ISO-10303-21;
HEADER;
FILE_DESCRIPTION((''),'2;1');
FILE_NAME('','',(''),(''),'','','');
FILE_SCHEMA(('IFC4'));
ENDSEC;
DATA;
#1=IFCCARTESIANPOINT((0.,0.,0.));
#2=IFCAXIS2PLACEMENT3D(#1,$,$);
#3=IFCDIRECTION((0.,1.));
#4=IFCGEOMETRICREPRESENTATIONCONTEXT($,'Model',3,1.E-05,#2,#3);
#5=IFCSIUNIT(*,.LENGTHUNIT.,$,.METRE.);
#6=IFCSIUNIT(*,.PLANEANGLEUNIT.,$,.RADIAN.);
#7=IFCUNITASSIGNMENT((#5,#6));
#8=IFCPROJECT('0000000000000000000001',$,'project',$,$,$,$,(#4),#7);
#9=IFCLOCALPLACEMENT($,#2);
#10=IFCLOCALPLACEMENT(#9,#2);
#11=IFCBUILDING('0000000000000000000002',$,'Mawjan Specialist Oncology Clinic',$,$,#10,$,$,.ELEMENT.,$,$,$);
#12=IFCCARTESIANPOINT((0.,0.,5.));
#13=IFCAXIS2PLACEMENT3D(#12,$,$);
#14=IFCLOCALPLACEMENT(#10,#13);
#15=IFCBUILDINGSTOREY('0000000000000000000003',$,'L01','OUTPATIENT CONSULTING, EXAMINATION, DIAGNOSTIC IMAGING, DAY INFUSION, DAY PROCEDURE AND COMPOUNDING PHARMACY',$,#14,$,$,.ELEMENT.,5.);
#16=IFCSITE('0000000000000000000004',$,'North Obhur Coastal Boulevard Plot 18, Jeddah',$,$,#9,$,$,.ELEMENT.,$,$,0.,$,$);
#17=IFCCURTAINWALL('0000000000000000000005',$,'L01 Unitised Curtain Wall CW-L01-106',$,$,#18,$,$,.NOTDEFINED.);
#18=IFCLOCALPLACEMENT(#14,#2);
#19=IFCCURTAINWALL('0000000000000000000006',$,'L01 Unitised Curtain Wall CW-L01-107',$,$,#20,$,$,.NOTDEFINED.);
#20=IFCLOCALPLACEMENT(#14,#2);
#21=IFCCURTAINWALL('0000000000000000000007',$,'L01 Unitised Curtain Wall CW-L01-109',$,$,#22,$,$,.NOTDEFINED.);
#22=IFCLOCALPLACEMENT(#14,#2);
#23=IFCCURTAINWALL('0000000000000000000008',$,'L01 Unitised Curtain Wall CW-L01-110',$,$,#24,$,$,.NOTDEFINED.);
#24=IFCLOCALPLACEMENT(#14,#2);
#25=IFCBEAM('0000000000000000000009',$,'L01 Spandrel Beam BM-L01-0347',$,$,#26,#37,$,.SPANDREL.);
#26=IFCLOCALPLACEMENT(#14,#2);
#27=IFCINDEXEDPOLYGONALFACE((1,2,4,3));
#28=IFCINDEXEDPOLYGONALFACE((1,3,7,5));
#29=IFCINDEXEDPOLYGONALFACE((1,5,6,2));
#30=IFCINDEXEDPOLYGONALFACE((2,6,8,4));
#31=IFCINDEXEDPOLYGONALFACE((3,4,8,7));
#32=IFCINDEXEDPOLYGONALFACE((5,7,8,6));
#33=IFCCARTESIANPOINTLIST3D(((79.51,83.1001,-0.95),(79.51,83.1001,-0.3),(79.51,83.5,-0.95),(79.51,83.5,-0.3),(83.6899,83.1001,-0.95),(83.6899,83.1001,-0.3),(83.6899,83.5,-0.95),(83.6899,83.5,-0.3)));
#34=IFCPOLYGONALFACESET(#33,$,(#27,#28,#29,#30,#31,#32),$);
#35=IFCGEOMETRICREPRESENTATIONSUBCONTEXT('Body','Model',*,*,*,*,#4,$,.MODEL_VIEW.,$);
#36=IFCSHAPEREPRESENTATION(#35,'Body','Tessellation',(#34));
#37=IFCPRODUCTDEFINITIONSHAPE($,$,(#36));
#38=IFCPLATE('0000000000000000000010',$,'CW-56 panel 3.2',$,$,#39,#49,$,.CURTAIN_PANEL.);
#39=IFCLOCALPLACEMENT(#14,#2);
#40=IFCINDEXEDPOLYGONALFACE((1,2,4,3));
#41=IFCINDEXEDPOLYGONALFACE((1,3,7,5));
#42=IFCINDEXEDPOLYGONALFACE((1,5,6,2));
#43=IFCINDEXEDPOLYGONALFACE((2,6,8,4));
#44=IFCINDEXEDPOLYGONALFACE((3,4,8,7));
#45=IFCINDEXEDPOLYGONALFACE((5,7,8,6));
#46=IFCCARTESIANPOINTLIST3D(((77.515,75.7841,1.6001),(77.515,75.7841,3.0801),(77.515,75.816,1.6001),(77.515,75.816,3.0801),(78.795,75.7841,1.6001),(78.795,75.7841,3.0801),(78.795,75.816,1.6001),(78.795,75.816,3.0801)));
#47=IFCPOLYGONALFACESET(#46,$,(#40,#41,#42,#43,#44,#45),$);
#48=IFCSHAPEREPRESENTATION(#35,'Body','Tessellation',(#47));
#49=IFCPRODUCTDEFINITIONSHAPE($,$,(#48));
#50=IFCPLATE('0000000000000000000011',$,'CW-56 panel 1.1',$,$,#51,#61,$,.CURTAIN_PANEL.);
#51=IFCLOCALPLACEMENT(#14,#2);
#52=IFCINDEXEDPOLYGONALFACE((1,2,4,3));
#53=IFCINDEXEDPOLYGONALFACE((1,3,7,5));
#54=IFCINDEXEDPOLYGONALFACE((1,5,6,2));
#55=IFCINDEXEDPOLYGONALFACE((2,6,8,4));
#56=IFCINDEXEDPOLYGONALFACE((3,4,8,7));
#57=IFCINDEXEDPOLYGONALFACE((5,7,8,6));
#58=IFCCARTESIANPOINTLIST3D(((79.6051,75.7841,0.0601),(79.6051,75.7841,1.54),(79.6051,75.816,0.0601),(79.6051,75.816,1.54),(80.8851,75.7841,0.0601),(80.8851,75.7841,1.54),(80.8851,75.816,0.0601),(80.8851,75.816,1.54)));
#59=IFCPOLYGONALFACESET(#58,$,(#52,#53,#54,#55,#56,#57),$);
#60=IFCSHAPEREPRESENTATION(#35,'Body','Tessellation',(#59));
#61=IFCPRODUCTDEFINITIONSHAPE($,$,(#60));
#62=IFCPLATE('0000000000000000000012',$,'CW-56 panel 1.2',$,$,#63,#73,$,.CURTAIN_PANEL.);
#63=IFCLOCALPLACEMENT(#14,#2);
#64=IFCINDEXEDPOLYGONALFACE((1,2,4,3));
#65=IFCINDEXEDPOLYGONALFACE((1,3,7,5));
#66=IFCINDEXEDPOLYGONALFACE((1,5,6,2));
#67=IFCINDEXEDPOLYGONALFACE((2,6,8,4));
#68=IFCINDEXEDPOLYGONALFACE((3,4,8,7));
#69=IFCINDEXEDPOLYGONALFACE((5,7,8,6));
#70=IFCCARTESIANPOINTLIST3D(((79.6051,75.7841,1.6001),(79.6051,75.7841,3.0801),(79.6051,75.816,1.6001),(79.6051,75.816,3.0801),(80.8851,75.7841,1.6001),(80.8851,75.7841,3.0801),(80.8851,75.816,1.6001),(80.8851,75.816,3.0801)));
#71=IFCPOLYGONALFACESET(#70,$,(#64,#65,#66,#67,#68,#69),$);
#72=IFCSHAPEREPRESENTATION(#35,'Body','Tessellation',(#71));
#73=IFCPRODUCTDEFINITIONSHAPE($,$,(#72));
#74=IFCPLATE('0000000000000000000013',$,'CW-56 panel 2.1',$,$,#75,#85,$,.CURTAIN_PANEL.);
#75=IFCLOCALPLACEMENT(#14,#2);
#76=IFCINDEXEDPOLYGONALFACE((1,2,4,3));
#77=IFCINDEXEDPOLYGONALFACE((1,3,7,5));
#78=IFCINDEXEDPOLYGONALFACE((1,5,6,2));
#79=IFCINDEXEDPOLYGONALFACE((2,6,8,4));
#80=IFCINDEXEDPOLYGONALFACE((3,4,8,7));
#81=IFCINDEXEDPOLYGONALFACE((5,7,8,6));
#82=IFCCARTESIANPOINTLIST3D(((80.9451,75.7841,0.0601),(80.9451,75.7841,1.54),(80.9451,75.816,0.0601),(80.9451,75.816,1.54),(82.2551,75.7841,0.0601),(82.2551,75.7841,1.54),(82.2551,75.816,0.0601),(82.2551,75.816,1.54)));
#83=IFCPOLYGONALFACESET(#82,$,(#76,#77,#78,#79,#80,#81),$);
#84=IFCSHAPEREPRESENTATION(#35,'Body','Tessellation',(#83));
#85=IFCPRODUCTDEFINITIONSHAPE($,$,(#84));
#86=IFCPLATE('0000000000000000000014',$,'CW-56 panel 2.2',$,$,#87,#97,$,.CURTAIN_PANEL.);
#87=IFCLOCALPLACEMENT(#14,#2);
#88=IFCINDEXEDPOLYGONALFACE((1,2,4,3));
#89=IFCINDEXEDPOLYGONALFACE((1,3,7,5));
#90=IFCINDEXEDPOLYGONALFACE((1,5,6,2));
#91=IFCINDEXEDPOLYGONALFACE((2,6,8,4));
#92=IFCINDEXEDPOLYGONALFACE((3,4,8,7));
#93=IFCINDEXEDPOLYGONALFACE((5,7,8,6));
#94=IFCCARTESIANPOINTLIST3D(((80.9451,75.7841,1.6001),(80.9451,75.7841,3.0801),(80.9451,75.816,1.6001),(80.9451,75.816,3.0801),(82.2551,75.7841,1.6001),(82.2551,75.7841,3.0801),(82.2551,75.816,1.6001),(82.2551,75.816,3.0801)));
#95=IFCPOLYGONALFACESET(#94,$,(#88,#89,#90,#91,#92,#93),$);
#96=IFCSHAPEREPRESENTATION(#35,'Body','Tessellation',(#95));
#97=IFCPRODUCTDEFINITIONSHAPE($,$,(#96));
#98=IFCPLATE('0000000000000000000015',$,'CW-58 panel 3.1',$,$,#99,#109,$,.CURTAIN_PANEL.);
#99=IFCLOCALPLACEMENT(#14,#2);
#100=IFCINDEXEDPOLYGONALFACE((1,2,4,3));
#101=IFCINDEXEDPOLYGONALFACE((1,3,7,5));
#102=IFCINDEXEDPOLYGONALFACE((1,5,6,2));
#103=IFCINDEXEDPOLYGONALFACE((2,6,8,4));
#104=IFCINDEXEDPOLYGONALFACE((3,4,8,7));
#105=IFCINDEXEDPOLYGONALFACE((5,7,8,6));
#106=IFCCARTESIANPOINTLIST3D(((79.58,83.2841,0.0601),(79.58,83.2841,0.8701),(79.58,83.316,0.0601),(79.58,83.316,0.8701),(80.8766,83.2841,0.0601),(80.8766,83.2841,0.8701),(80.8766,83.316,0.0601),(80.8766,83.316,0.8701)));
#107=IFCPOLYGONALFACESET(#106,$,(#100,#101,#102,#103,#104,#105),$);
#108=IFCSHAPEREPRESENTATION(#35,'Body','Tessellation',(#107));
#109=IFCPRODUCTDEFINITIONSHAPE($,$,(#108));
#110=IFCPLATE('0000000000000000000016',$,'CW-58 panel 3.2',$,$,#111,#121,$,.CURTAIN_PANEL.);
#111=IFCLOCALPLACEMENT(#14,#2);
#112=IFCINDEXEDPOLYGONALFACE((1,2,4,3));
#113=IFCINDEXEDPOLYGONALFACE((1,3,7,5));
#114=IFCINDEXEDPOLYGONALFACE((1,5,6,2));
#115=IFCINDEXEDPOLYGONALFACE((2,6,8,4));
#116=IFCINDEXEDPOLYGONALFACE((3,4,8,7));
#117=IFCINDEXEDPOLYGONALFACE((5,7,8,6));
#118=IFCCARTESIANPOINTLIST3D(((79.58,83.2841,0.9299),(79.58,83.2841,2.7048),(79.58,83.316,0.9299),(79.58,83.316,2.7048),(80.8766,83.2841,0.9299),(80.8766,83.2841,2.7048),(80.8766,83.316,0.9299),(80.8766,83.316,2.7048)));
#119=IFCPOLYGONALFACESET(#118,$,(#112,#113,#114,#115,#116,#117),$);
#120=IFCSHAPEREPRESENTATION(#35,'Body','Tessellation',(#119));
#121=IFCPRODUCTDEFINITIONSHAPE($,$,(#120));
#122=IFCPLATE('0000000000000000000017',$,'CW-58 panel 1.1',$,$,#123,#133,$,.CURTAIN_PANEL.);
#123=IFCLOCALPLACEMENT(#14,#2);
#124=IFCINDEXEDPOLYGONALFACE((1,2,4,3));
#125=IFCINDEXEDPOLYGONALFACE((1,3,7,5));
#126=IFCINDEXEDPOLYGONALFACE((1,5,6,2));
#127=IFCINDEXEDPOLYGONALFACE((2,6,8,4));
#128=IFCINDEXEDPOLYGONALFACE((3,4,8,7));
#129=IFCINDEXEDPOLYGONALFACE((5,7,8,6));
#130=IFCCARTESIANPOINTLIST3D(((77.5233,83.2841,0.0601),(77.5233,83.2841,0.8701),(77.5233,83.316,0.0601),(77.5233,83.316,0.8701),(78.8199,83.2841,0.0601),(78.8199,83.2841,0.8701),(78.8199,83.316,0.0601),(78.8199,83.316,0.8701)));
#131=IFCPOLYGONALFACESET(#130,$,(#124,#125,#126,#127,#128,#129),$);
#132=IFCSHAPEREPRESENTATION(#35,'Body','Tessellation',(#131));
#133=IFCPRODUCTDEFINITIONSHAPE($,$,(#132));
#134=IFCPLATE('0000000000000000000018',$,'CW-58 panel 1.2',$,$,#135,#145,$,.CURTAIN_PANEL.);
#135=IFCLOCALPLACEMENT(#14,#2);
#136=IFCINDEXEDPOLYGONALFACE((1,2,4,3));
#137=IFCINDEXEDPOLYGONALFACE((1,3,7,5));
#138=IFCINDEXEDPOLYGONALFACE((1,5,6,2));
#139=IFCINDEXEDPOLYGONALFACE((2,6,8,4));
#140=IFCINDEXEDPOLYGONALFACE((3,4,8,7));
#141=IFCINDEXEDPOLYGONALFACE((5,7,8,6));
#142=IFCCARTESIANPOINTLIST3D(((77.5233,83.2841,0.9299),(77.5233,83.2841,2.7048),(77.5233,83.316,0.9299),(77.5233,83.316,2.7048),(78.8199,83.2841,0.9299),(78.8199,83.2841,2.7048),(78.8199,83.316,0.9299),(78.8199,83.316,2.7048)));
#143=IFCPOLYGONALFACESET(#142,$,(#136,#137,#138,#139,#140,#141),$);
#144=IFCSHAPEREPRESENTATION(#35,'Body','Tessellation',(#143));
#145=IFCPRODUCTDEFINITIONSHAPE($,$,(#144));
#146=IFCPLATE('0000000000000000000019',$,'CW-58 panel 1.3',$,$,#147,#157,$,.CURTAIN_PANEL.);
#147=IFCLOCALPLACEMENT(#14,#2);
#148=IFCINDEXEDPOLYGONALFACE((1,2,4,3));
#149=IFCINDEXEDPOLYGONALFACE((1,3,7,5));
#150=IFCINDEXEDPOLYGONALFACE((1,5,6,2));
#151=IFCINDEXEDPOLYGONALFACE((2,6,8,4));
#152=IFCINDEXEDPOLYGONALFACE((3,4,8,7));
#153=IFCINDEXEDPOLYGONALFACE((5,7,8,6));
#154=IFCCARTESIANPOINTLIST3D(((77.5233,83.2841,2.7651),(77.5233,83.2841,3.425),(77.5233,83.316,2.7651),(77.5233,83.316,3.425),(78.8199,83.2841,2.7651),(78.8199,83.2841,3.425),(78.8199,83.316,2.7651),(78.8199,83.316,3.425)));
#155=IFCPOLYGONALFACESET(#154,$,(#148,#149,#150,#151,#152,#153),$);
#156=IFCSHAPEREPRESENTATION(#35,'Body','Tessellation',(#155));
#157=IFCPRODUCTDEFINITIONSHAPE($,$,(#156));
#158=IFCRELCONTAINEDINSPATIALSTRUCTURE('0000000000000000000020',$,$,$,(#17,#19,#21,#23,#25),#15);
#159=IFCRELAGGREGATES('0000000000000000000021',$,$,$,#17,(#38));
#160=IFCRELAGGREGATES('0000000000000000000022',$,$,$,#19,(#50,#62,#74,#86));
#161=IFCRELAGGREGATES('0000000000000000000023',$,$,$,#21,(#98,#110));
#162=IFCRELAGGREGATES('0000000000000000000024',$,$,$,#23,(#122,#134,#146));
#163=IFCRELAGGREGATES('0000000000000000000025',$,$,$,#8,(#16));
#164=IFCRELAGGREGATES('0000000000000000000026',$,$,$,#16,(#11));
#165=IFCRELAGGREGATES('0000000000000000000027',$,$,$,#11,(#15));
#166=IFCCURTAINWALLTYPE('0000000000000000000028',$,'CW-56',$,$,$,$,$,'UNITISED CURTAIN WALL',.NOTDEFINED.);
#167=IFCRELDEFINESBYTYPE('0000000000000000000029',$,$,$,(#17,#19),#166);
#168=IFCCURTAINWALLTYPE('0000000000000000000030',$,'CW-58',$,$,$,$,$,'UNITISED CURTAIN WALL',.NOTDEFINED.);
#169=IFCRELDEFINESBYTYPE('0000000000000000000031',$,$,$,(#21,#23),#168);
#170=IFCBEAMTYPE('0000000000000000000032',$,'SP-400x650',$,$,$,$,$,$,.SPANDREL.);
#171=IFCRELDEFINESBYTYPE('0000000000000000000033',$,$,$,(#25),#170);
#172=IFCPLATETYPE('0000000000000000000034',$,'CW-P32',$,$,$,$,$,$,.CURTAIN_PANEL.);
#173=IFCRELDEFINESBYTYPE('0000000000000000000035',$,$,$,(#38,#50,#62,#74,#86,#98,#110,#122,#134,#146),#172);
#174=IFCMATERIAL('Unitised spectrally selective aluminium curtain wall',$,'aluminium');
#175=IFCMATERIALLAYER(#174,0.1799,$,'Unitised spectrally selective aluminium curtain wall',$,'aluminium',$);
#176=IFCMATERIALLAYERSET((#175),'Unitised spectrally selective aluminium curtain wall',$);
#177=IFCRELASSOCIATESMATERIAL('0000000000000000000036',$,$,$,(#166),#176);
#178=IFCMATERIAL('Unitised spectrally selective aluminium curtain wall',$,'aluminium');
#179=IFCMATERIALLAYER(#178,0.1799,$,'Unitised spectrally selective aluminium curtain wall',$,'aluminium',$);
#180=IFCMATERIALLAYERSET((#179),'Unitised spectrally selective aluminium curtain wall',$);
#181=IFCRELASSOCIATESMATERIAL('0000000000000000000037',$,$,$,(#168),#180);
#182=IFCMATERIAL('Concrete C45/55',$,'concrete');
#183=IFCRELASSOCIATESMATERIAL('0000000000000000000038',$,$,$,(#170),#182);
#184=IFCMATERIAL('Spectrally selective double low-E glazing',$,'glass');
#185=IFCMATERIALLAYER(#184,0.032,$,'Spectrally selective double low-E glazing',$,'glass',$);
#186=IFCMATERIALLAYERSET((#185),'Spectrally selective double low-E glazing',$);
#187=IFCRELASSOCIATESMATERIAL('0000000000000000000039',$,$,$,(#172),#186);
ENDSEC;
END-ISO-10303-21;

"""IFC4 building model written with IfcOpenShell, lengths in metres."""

from ifc_helpers import new_model, si_unit, direction, frame, origin, origin_2d, place, context, subcontext, project, spatial, rectangle, extrude, material, layer, layer_set, material_profile, profile_set, type_object, element, aggregate, save


model = new_model("IFC4")

# Units and contexts
model_context = context("Model", 3, precision=1e-05, world=origin(), true_north=direction((0.0, 1.0)))
body_context = subcontext(model_context, "Body", "Model", "MODEL_VIEW")
ifc_project = project(units=[si_unit("LENGTHUNIT", "METRE"), si_unit("PLANEANGLEUNIT", "RADIAN")], contexts=[model_context])

# Site, building, storey
site_placement = place(None, origin())
site = spatial("IfcSite", under=ifc_project, at=site_placement, Name="North Obhur Coastal Boulevard Plot 18, Jeddah", CompositionType="ELEMENT", RefElevation=0.0)
building_placement = place(site_placement, origin())
building = spatial("IfcBuilding", under=site, at=building_placement, Name="Mawjan Specialist Oncology Clinic", CompositionType="ELEMENT")
storey_placement = place(building_placement, frame((0.0, 0.0, 5.0)))
storey = spatial("IfcBuildingStorey", under=building, at=storey_placement, Name="L01", Description="OUTPATIENT CONSULTING, EXAMINATION, DIAGNOSTIC IMAGING, DAY INFUSION, DAY PROCEDURE AND COMPOUNDING PHARMACY", CompositionType="ELEMENT", Elevation=5.0)

# Curtain wall
ifc_material_1 = material(Name="Unitised spectrally selective aluminium curtain wall", Category="aluminium")
ifc_layer_1 = layer(ifc_material_1, 0.1799, Name="Unitised spectrally selective aluminium curtain wall", Category="aluminium")
ifc_layer_set_1 = layer_set([ifc_layer_1], Name="Unitised spectrally selective aluminium curtain wall")
curtain_wall_type_1 = type_object("IfcCurtainWallType", Name="CW-56", ElementType="UNITISED CURTAIN WALL", PredefinedType="NOTDEFINED", material=ifc_layer_set_1)
curtain_wall_1_placement = place(storey_placement, origin())
curtain_wall_1 = element("IfcCurtainWall", 1, at=curtain_wall_1_placement, inside=storey, type_object=curtain_wall_type_1, Name="L01 Unitised Curtain Wall CW-L01-106", PredefinedType="NOTDEFINED")

# Curtain wall
curtain_wall_2_placement = place(storey_placement, origin())
curtain_wall_2 = element("IfcCurtainWall", 2, at=curtain_wall_2_placement, inside=storey, type_object=curtain_wall_type_1, Name="L01 Unitised Curtain Wall CW-L01-107", PredefinedType="NOTDEFINED")

# Curtain walls
ifc_material_2 = material(Name="Unitised spectrally selective aluminium curtain wall", Category="aluminium")
ifc_layer_2 = layer(ifc_material_2, 0.1799, Name="Unitised spectrally selective aluminium curtain wall", Category="aluminium")
ifc_layer_set_2 = layer_set([ifc_layer_2], Name="Unitised spectrally selective aluminium curtain wall")
curtain_wall_type_2 = type_object("IfcCurtainWallType", Name="CW-58", ElementType="UNITISED CURTAIN WALL", PredefinedType="NOTDEFINED", material=ifc_layer_set_2)
curtain_wall_3_placement = place(storey_placement, origin())
curtain_wall_3 = element("IfcCurtainWall", 3, at=curtain_wall_3_placement, inside=storey, type_object=curtain_wall_type_2, Name="L01 Unitised Curtain Wall CW-L01-109", PredefinedType="NOTDEFINED")
curtain_wall_4_placement = place(storey_placement, origin())
curtain_wall_4 = element("IfcCurtainWall", 4, at=curtain_wall_4_placement, inside=storey, type_object=curtain_wall_type_2, Name="L01 Unitised Curtain Wall CW-L01-110", PredefinedType="NOTDEFINED")

# Beam
ifc_material_3 = material(Name="Concrete C45/55", Category="concrete")
ifc_material_profile_1 = material_profile(ifc_material_3, rectangle(XDim=0.3999, YDim=0.6499, at=origin_2d()), Name="RC BM 400x650", Category="concrete")
ifc_profile_set_1 = profile_set([ifc_material_profile_1], Name="Concrete C45/55")
beam_type = type_object("IfcBeamType", Name="SP-400x650", PredefinedType="SPANDREL", material=ifc_profile_set_1)
for number, where, z_axis, x_axis, name in (
    (5, (79.51, 83.3, -0.625), (1.0, 0.0, 0.0), (0.0, 1.0, 0.0), "L01 Spandrel Beam BM-L01-0347"),
):
    element("IfcBeam", number, at=place(storey_placement, frame(where, z_axis=z_axis, x_axis=x_axis)), inside=storey, type_object=beam_type, Name=name, PredefinedType="SPANDREL", context=body_context, shape_type="SweptSolid", body=[
        extrude(rectangle(XDim=0.3999, YDim=0.6499, at=origin_2d()), origin(), (0.0, 0.0, 1.0), 4.1799),
    ])

# Plates
ifc_material_4 = material(Name="Spectrally selective double low-E glazing", Category="glass")
ifc_layer_3 = layer(ifc_material_4, 0.032, Name="Spectrally selective double low-E glazing", Category="glass")
ifc_layer_set_3 = layer_set([ifc_layer_3], Name="Spectrally selective double low-E glazing")
plate_type = type_object("IfcPlateType", Name="CW-P32", PredefinedType="CURTAIN_PANEL", material=ifc_layer_set_3)
plate_1_placement = place(storey_placement, frame((78.155, 75.8, 1.6001), z_axis=(0.0, 0.0, 1.0), x_axis=(1.0, 0.0, 0.0)))
plate_1 = element("IfcPlate", 6, at=plate_1_placement, type_object=plate_type, Name="CW-56 panel 3.2", PredefinedType="CURTAIN_PANEL", context=body_context, shape_type="SweptSolid", body=[
    extrude(rectangle(XDim=1.28, YDim=0.032, at=origin_2d()), origin(), (0.0, 0.0, 1.0), 1.48),
])
aggregate(curtain_wall_1, [plate_1])
plate_2_placement = place(storey_placement, frame((80.2451, 75.8, 0.0601), z_axis=(0.0, 0.0, 1.0), x_axis=(1.0, 0.0, 0.0)))
plate_2 = element("IfcPlate", 7, at=plate_2_placement, type_object=plate_type, Name="CW-56 panel 1.1", PredefinedType="CURTAIN_PANEL", context=body_context, shape_type="SweptSolid", body=[
    extrude(rectangle(XDim=1.28, YDim=0.032, at=origin_2d()), origin(), (0.0, 0.0, 1.0), 1.48),
])
plate_3_placement = place(storey_placement, frame((80.2451, 75.8, 1.6001), z_axis=(0.0, 0.0, 1.0), x_axis=(1.0, 0.0, 0.0)))
plate_3 = element("IfcPlate", 8, at=plate_3_placement, type_object=plate_type, Name="CW-56 panel 1.2", PredefinedType="CURTAIN_PANEL", context=body_context, shape_type="SweptSolid", body=[
    extrude(rectangle(XDim=1.28, YDim=0.032, at=origin_2d()), origin(), (0.0, 0.0, 1.0), 1.48),
])
plate_4_placement = place(storey_placement, frame((81.6001, 75.8, 0.0601), z_axis=(0.0, 0.0, 1.0), x_axis=(1.0, 0.0, 0.0)))
plate_4 = element("IfcPlate", 9, at=plate_4_placement, type_object=plate_type, Name="CW-56 panel 2.1", PredefinedType="CURTAIN_PANEL", context=body_context, shape_type="SweptSolid", body=[
    extrude(rectangle(XDim=1.3101, YDim=0.032, at=origin_2d()), origin(), (0.0, 0.0, 1.0), 1.48),
])
plate_5_placement = place(storey_placement, frame((81.6001, 75.8, 1.6001), z_axis=(0.0, 0.0, 1.0), x_axis=(1.0, 0.0, 0.0)))
plate_5 = element("IfcPlate", 10, at=plate_5_placement, type_object=plate_type, Name="CW-56 panel 2.2", PredefinedType="CURTAIN_PANEL", context=body_context, shape_type="SweptSolid", body=[
    extrude(rectangle(XDim=1.3101, YDim=0.032, at=origin_2d()), origin(), (0.0, 0.0, 1.0), 1.48),
])
aggregate(curtain_wall_2, [plate_2, plate_3, plate_4, plate_5])
plate_6_placement = place(storey_placement, frame((80.2283, 83.3, 0.0601), z_axis=(0.0, 0.0, 1.0), x_axis=(-1.0, 0.0, 0.0)))
plate_6 = element("IfcPlate", 11, at=plate_6_placement, type_object=plate_type, Name="CW-58 panel 3.1", PredefinedType="CURTAIN_PANEL", context=body_context, shape_type="SweptSolid", body=[
    extrude(rectangle(XDim=1.2966, YDim=0.032, at=origin_2d()), origin(), (0.0, 0.0, 1.0), 0.8101),
])
plate_7_placement = place(storey_placement, frame((80.2283, 83.3, 0.9299), z_axis=(0.0, 0.0, 1.0), x_axis=(-1.0, 0.0, 0.0)))
plate_7 = element("IfcPlate", 12, at=plate_7_placement, type_object=plate_type, Name="CW-58 panel 3.2", PredefinedType="CURTAIN_PANEL", context=body_context, shape_type="SweptSolid", body=[
    extrude(rectangle(XDim=1.2966, YDim=0.032, at=origin_2d()), origin(), (0.0, 0.0, 1.0), 1.7749),
])
aggregate(curtain_wall_3, [plate_6, plate_7])
plate_8_placement = place(storey_placement, frame((78.1716, 83.3, 0.0601), z_axis=(0.0, 0.0, 1.0), x_axis=(-1.0, 0.0, 0.0)))
plate_8 = element("IfcPlate", 13, at=plate_8_placement, type_object=plate_type, Name="CW-58 panel 1.1", PredefinedType="CURTAIN_PANEL", context=body_context, shape_type="SweptSolid", body=[
    extrude(rectangle(XDim=1.2966, YDim=0.032, at=origin_2d()), origin(), (0.0, 0.0, 1.0), 0.8101),
])
plate_9_placement = place(storey_placement, frame((78.1716, 83.3, 0.9299), z_axis=(0.0, 0.0, 1.0), x_axis=(-1.0, 0.0, 0.0)))
plate_9 = element("IfcPlate", 14, at=plate_9_placement, type_object=plate_type, Name="CW-58 panel 1.2", PredefinedType="CURTAIN_PANEL", context=body_context, shape_type="SweptSolid", body=[
    extrude(rectangle(XDim=1.2966, YDim=0.032, at=origin_2d()), origin(), (0.0, 0.0, 1.0), 1.7749),
])
plate_10_placement = place(storey_placement, frame((78.1716, 83.3, 2.7651), z_axis=(0.0, 0.0, 1.0), x_axis=(-1.0, 0.0, 0.0)))
plate_10 = element("IfcPlate", 15, at=plate_10_placement, type_object=plate_type, Name="CW-58 panel 1.3", PredefinedType="CURTAIN_PANEL", context=body_context, shape_type="SweptSolid", body=[
    extrude(rectangle(XDim=1.2966, YDim=0.032, at=origin_2d()), origin(), (0.0, 0.0, 1.0), 0.6599),
])
aggregate(curtain_wall_4, [plate_8, plate_9, plate_10])

save(model, "model.ifc")
